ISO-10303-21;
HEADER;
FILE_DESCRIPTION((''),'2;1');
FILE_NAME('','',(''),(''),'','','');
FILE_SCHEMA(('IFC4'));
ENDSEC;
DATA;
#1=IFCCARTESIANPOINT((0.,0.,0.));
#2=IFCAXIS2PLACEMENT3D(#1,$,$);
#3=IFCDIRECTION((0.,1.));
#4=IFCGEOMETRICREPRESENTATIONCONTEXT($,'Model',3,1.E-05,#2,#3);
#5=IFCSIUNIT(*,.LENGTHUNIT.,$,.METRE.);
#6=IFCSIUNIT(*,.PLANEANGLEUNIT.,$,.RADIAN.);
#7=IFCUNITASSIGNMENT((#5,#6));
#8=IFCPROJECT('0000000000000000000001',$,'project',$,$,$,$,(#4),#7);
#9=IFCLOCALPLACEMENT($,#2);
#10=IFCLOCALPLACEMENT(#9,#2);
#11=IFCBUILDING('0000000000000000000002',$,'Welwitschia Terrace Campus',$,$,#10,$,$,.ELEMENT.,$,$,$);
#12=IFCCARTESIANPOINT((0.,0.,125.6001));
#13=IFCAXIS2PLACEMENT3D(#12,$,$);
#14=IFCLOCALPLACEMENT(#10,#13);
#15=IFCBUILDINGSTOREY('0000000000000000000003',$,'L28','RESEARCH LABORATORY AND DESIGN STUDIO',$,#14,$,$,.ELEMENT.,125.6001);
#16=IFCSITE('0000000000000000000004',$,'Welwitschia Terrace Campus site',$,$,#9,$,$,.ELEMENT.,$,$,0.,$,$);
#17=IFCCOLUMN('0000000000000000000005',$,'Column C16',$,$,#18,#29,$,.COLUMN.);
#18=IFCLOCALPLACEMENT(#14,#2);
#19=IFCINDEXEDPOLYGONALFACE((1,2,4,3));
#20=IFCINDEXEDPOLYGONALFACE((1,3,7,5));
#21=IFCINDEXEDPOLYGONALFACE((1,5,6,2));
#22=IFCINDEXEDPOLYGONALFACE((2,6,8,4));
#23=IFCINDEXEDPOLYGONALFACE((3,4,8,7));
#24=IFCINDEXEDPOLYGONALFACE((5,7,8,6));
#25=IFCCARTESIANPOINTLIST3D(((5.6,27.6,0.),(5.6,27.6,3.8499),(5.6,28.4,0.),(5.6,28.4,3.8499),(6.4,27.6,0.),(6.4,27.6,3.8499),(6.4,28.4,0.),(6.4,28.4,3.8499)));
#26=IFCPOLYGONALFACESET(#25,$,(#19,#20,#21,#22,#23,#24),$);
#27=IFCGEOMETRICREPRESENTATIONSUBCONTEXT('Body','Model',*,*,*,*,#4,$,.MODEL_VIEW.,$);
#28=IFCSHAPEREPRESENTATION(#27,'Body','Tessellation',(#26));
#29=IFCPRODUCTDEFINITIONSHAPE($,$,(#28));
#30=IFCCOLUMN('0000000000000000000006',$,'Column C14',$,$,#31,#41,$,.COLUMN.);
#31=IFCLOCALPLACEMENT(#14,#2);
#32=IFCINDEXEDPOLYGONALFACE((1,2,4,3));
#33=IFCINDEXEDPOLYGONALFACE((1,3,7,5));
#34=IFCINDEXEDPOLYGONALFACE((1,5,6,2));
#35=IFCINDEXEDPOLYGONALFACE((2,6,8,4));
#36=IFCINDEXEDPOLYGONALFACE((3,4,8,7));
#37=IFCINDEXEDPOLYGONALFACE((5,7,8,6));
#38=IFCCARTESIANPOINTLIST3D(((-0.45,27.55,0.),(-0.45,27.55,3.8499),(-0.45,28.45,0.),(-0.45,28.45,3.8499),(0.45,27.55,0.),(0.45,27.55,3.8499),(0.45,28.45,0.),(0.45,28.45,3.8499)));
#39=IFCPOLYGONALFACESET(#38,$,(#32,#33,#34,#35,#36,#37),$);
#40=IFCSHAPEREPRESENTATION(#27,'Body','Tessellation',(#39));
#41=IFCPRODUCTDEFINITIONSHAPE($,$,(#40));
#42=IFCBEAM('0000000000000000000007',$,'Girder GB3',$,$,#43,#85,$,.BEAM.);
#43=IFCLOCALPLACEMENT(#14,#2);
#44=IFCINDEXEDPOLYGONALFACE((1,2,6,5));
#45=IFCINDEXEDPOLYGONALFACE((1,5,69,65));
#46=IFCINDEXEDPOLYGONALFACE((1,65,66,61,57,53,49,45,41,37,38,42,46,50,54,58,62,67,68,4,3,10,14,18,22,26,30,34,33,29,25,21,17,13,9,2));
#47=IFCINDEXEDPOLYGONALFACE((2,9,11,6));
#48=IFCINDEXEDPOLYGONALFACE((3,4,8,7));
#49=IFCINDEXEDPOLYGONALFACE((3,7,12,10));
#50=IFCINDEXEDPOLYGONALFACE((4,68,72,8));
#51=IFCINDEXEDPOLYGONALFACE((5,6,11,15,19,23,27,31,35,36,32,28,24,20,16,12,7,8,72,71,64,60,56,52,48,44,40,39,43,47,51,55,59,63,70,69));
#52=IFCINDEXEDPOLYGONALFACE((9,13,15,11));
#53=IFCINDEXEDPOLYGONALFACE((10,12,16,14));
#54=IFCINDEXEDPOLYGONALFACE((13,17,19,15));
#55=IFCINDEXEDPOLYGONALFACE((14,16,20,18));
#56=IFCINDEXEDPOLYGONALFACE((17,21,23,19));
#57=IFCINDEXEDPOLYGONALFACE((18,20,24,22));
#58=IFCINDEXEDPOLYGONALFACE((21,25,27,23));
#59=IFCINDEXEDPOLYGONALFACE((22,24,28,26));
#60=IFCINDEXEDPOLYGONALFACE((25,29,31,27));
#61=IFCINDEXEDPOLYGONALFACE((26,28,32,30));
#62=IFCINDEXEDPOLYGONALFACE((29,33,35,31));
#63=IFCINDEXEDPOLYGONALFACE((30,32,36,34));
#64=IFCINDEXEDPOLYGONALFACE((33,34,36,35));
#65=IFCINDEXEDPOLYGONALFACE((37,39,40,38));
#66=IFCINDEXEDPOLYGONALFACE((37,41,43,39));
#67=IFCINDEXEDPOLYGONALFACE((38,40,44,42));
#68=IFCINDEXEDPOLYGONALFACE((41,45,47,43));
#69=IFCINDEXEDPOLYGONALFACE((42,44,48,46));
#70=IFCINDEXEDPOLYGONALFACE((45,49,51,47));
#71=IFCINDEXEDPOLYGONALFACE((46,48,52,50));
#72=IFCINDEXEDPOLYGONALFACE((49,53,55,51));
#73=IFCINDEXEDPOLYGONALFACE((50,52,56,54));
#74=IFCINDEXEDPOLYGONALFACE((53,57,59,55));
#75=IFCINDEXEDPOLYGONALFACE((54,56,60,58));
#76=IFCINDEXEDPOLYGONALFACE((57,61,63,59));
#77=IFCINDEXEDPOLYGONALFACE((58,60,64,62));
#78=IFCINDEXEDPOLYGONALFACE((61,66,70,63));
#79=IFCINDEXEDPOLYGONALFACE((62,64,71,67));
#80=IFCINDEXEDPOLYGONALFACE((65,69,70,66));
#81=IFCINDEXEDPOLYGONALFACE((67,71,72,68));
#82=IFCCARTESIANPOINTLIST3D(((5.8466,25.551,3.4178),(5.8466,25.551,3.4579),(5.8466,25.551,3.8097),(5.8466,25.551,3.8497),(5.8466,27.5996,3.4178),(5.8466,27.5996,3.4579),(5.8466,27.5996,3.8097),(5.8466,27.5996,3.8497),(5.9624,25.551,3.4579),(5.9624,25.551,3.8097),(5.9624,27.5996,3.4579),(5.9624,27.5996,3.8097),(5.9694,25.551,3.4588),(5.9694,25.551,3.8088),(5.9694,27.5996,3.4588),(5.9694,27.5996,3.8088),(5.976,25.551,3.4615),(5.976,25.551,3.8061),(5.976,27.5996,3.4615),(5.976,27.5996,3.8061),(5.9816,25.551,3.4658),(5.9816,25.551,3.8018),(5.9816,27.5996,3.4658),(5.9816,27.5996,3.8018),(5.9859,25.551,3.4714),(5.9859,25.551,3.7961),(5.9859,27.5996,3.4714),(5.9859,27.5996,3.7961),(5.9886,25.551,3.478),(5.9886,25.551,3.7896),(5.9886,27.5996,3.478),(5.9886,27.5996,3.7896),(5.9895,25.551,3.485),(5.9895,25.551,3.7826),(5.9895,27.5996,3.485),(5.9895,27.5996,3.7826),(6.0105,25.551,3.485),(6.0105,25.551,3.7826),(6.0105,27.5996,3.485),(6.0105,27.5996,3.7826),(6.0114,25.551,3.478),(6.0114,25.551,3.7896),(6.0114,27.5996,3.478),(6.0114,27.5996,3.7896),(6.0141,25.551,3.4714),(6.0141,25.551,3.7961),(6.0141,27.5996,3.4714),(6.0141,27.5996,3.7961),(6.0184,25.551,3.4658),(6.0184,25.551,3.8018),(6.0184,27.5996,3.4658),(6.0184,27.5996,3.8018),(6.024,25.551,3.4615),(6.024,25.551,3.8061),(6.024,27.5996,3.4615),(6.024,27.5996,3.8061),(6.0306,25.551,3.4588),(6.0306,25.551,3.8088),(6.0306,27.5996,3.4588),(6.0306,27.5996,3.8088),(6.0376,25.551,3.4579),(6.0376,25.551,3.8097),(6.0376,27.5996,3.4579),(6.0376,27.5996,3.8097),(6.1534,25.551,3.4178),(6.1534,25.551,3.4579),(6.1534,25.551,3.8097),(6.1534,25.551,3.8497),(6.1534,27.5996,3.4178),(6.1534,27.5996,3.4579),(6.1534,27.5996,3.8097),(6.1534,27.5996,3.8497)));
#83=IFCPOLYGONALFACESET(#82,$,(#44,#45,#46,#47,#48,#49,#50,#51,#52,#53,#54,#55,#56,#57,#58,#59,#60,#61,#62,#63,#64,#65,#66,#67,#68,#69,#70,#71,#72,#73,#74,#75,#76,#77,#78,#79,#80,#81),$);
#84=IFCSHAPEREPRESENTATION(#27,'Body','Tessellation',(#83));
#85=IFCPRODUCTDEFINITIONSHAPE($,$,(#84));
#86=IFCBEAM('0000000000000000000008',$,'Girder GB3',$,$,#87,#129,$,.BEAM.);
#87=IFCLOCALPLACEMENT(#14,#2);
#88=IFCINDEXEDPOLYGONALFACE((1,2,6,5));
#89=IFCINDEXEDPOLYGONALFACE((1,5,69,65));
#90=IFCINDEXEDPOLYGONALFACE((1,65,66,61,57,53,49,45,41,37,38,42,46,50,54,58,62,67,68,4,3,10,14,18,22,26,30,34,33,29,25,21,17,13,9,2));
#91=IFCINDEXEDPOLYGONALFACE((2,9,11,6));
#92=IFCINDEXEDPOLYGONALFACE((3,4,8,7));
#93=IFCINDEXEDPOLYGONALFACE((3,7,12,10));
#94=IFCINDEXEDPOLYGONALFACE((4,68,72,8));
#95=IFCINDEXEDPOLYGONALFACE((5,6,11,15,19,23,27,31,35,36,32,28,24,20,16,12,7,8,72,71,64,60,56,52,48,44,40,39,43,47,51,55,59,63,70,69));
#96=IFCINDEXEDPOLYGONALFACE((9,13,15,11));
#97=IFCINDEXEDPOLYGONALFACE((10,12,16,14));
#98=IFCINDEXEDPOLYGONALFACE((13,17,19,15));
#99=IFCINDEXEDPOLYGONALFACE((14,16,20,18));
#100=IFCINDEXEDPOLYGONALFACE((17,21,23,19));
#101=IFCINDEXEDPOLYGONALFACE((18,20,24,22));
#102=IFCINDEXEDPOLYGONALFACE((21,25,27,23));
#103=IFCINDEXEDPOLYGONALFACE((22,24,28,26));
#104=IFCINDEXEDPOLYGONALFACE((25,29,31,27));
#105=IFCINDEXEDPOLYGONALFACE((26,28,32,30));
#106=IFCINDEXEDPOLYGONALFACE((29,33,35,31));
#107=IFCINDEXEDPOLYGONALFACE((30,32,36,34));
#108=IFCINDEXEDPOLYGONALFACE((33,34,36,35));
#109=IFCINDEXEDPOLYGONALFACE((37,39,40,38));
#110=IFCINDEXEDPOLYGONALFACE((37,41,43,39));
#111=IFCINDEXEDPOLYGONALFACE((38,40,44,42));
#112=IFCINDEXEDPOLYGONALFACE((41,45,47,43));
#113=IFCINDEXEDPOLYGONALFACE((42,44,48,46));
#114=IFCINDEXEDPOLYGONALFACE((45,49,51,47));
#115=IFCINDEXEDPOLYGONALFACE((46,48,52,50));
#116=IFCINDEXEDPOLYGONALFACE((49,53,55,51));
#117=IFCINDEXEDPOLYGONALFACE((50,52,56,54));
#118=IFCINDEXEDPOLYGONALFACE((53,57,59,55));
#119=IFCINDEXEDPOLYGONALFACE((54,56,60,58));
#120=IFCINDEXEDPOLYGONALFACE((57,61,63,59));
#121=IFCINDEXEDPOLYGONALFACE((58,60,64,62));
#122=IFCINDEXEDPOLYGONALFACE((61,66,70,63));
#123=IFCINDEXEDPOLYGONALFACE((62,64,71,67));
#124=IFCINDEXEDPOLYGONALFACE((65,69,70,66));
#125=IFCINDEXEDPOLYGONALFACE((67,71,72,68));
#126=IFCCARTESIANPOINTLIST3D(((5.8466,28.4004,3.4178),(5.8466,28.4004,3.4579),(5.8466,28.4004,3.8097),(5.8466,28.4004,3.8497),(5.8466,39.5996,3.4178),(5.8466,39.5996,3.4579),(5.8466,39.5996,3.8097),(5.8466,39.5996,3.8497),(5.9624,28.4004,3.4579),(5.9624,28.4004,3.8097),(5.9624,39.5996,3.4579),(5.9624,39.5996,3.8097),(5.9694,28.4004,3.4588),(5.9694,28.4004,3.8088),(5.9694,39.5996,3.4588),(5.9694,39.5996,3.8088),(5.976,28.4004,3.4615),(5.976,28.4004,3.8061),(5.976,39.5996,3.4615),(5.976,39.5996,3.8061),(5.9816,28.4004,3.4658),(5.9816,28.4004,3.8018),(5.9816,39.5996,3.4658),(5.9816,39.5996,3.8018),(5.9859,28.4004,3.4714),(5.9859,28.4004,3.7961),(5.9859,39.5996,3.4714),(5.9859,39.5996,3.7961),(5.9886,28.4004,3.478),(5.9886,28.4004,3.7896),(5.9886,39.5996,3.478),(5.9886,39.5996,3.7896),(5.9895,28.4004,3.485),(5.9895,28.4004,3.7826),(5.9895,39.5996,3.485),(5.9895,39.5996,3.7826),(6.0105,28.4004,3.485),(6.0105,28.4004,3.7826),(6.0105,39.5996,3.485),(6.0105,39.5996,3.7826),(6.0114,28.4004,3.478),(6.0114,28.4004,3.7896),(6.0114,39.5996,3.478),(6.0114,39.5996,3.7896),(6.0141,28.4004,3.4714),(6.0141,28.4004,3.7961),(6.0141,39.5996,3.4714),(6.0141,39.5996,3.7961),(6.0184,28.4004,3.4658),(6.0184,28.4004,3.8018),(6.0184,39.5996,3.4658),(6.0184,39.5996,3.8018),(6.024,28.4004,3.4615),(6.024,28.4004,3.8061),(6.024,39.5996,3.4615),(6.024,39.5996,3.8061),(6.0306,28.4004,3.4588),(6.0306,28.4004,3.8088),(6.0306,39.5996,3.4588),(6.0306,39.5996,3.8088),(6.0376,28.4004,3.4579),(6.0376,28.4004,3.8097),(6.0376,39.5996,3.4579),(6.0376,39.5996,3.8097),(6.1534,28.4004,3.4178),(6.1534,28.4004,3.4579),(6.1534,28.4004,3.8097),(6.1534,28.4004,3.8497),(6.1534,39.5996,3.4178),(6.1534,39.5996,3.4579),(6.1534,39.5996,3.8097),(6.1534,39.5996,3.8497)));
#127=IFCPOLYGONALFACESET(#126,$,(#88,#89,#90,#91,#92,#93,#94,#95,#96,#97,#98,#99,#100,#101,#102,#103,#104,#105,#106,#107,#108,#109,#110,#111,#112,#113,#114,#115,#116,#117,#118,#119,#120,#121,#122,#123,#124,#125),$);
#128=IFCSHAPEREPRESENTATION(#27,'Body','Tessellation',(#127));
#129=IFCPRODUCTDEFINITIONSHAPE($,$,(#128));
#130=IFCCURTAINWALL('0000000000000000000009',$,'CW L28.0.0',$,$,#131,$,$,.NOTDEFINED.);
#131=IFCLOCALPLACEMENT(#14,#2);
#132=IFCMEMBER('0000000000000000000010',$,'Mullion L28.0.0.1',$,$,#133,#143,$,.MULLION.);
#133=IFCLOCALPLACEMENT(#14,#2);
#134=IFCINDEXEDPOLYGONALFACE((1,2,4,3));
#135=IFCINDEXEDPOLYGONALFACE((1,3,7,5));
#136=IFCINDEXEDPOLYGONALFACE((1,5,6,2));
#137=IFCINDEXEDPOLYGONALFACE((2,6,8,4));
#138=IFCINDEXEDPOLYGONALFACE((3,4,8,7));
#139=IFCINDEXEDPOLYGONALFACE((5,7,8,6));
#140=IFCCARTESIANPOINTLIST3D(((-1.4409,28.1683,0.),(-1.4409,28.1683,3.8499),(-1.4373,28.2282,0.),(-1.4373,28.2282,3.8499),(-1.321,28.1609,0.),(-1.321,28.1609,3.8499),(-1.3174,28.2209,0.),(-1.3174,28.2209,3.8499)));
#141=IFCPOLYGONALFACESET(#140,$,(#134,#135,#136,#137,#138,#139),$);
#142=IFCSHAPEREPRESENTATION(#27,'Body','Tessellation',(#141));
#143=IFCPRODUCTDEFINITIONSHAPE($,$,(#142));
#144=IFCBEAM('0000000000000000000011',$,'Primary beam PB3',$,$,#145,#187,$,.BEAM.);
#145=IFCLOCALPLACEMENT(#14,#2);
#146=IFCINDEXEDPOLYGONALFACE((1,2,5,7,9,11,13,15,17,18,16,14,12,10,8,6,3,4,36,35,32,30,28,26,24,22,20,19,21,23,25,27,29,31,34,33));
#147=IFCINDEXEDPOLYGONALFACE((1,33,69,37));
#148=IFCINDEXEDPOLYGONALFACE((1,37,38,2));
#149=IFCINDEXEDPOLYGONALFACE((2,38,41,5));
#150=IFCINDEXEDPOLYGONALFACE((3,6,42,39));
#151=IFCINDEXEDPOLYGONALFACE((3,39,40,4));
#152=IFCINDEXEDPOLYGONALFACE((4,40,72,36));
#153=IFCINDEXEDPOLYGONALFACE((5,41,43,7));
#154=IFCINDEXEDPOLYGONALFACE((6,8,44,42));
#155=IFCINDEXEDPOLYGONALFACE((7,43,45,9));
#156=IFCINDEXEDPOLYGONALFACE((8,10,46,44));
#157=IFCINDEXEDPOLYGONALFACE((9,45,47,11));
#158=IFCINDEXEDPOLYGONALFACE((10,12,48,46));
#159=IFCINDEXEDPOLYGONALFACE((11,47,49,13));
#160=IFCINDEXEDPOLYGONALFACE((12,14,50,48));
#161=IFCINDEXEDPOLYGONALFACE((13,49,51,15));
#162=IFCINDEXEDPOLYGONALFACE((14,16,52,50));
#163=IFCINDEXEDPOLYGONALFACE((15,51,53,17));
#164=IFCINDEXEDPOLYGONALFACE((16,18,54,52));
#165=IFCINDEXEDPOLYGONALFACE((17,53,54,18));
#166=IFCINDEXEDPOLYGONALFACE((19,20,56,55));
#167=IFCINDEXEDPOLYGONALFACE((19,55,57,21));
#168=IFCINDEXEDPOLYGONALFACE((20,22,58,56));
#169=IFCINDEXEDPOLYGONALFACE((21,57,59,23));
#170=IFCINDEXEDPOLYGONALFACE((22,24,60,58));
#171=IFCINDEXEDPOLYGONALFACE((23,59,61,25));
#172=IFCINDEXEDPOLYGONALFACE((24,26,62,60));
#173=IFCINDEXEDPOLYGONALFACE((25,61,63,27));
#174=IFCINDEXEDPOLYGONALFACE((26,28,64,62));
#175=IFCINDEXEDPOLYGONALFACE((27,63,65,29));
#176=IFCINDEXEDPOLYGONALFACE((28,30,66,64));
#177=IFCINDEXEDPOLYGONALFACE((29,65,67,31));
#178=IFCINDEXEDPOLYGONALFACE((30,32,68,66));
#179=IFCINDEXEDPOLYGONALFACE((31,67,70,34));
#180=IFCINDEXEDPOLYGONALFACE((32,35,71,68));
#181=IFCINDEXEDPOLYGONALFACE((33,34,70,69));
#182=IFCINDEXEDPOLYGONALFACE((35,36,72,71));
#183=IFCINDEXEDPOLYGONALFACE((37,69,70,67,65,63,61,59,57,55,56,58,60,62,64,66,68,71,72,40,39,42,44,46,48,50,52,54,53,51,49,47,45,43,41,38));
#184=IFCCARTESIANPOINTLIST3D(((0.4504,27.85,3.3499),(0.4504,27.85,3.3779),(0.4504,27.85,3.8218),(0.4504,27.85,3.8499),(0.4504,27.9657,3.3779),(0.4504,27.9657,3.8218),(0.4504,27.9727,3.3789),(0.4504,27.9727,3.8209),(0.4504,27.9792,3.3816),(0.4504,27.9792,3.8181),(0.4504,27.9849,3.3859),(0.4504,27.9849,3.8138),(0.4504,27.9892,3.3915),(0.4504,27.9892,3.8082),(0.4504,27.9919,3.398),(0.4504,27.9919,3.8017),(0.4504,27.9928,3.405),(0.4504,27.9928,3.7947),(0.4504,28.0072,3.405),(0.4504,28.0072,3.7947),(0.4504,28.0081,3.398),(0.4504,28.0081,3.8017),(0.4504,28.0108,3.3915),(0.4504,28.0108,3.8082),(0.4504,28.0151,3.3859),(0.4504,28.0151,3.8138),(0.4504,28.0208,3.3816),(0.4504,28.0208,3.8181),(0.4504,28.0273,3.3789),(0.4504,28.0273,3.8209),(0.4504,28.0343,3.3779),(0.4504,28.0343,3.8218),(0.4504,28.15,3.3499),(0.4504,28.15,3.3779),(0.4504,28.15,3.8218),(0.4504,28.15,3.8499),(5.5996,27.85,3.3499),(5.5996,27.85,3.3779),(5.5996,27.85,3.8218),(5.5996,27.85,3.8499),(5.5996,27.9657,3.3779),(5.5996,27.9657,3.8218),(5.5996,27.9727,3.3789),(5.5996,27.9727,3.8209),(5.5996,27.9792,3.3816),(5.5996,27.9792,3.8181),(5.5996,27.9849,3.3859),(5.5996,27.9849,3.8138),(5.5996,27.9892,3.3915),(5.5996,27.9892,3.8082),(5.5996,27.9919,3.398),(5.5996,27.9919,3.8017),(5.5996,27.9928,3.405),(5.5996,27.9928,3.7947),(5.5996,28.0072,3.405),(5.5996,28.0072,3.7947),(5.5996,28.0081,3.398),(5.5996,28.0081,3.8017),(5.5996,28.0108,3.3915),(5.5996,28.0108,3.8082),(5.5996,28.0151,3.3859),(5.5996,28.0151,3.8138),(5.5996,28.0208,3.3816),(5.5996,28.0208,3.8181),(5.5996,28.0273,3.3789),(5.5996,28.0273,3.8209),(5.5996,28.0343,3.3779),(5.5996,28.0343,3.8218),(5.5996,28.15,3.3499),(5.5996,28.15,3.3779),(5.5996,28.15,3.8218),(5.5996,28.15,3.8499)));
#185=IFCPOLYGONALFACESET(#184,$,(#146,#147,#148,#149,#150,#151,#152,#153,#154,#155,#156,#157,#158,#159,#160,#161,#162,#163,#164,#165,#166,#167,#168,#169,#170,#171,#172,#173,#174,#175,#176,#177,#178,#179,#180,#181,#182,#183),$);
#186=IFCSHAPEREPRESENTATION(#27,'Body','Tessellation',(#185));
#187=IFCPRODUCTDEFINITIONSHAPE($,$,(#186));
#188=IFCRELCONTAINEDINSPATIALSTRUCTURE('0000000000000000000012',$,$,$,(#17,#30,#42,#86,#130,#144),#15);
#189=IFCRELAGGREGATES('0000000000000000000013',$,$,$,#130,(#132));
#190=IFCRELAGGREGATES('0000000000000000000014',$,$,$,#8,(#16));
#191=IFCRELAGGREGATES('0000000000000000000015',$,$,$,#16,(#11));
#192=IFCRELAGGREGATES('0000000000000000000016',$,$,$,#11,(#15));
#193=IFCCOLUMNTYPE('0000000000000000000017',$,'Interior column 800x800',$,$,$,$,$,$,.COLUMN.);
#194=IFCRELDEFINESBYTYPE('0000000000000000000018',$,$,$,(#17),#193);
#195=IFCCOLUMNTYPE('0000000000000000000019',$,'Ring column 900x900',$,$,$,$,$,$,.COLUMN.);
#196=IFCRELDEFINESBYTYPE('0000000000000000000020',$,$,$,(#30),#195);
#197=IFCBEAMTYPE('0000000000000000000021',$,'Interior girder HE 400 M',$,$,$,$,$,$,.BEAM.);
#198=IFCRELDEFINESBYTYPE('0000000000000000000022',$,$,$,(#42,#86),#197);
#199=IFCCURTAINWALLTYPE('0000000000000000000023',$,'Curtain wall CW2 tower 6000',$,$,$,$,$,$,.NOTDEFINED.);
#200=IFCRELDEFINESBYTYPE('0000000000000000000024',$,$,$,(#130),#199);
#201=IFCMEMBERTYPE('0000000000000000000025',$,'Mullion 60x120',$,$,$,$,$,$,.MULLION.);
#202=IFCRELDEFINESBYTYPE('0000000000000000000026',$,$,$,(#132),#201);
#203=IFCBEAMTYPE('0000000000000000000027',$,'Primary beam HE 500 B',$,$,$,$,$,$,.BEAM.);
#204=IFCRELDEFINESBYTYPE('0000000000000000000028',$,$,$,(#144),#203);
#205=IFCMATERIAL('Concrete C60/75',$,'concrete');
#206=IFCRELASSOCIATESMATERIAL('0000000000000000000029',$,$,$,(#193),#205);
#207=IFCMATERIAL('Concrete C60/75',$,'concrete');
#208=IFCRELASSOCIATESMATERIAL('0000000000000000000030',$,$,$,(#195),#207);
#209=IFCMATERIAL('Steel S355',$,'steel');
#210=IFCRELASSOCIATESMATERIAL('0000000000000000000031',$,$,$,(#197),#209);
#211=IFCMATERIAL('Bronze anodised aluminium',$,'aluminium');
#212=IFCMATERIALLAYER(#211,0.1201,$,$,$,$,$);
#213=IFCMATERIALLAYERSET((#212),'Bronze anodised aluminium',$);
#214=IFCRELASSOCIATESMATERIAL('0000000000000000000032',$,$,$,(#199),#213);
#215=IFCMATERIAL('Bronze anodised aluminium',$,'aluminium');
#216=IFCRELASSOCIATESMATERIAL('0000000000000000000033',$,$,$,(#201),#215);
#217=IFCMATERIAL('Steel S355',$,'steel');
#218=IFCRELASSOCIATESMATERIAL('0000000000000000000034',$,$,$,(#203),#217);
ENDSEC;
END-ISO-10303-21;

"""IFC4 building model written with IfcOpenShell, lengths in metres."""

from ifc_helpers import new_model, si_unit, direction, frame, origin, origin_2d, place, context, subcontext, project, spatial, rectangle, i_section, extrude, material, layer, layer_set, material_profile, profile_set, type_object, element, aggregate, save


model = new_model("IFC4")

# Units and contexts
model_context = context("Model", 3, precision=1e-05, world=origin(), true_north=direction((0.0, 1.0)))
body_context = subcontext(model_context, "Body", "Model", "MODEL_VIEW")
ifc_project = project(units=[si_unit("LENGTHUNIT", "METRE"), si_unit("PLANEANGLEUNIT", "RADIAN")], contexts=[model_context])

# Site, building, storey
site_placement = place(None, origin())
site = spatial("IfcSite", under=ifc_project, at=site_placement, Name="Welwitschia Terrace Campus site", CompositionType="ELEMENT", RefElevation=0.0)
building_placement = place(site_placement, origin())
building = spatial("IfcBuilding", under=site, at=building_placement, Name="Welwitschia Terrace Campus", CompositionType="ELEMENT")
storey_placement = place(building_placement, frame((0.0, 0.0, 125.6001)))
storey = spatial("IfcBuildingStorey", under=building, at=storey_placement, Name="L28", Description="RESEARCH LABORATORY AND DESIGN STUDIO", CompositionType="ELEMENT", Elevation=125.6001)

# Columns
ifc_material_1 = material(Name="Concrete C60/75", Category="concrete")
ifc_material_profile_1 = material_profile(ifc_material_1, rectangle(XDim=0.8, YDim=0.8, at=origin_2d()))
ifc_profile_set_1 = profile_set([ifc_material_profile_1], Name="Concrete C60/75")
column_type_1 = type_object("IfcColumnType", Name="Interior column 800x800", PredefinedType="COLUMN", material=ifc_profile_set_1)
column_1_placement = place(storey_placement, frame((6.0, 28.0, 0.0), z_axis=(0.0, 0.0, 1.0), x_axis=(1.0, 0.0, 0.0)))
element("IfcColumn", 1, at=column_1_placement, inside=storey, type_object=column_type_1, Name="Column C16", PredefinedType="COLUMN", context=body_context, shape_type="SweptSolid", body=[
    extrude(rectangle(XDim=0.8, YDim=0.8, at=origin_2d()), origin(), (0.0, 0.0, 1.0), 3.8499),
])
ifc_material_2 = material(Name="Concrete C60/75", Category="concrete")
ifc_material_profile_2 = material_profile(ifc_material_2, rectangle(XDim=0.8999, YDim=0.8999, at=origin_2d()))
ifc_profile_set_2 = profile_set([ifc_material_profile_2], Name="Concrete C60/75")
column_type_2 = type_object("IfcColumnType", Name="Ring column 900x900", PredefinedType="COLUMN", material=ifc_profile_set_2)
column_2_placement = place(storey_placement, frame((0.0, 28.0, 0.0), z_axis=(0.0, 0.0, 1.0), x_axis=(1.0, 0.0, 0.0)))
element("IfcColumn", 2, at=column_2_placement, inside=storey, type_object=column_type_2, Name="Column C14", PredefinedType="COLUMN", context=body_context, shape_type="SweptSolid", body=[
    extrude(rectangle(XDim=0.8999, YDim=0.8999, at=origin_2d()), origin(), (0.0, 0.0, 1.0), 3.8499),
])

# Beams
ifc_material_3 = material(Name="Steel S355", Category="steel")
ifc_material_profile_3 = material_profile(ifc_material_3, i_section(OverallWidth=0.3069, OverallDepth=0.4319, WebThickness=0.021, FlangeThickness=0.04, FilletRadius=0.0271, at=origin_2d()))
ifc_profile_set_3 = profile_set([ifc_material_profile_3], Name="Steel S355")
beam_type_1 = type_object("IfcBeamType", Name="Interior girder HE 400 M", PredefinedType="BEAM", material=ifc_profile_set_3)
beam_1_placement = place(storey_placement, frame((6.0, 25.551, 3.6338), z_axis=(0.0, 1.0, 0.0), x_axis=(-1.0, 0.0, 0.0)))
element("IfcBeam", 3, at=beam_1_placement, inside=storey, type_object=beam_type_1, Name="Girder GB3", PredefinedType="BEAM", context=body_context, shape_type="SweptSolid", body=[
    extrude(i_section(OverallWidth=0.3069, OverallDepth=0.4319, WebThickness=0.021, FlangeThickness=0.04, FilletRadius=0.0271, at=origin_2d()), origin(), (0.0, 0.0, 1.0), 2.0486),
])
beam_2_placement = place(storey_placement, frame((6.0, 28.4004, 3.6338), z_axis=(0.0, 1.0, 0.0), x_axis=(-1.0, 0.0, 0.0)))
element("IfcBeam", 4, at=beam_2_placement, inside=storey, type_object=beam_type_1, Name="Girder GB3", PredefinedType="BEAM", context=body_context, shape_type="SweptSolid", body=[
    extrude(i_section(OverallWidth=0.3069, OverallDepth=0.4319, WebThickness=0.021, FlangeThickness=0.04, FilletRadius=0.0271, at=origin_2d()), origin(), (0.0, 0.0, 1.0), 11.1992),
])

# Curtain wall, member
ifc_material_4 = material(Name="Bronze anodised aluminium", Category="aluminium")
ifc_layer_1 = layer(ifc_material_4, 0.1201)
ifc_layer_set_1 = layer_set([ifc_layer_1], Name="Bronze anodised aluminium")
curtain_wall_type = type_object("IfcCurtainWallType", Name="Curtain wall CW2 tower 6000", PredefinedType="NOTDEFINED", material=ifc_layer_set_1)
curtain_wall_placement = place(storey_placement, origin())
curtain_wall = element("IfcCurtainWall", 5, at=curtain_wall_placement, inside=storey, type_object=curtain_wall_type, Name="CW L28.0.0", PredefinedType="NOTDEFINED")
ifc_material_5 = material(Name="Bronze anodised aluminium", Category="aluminium")
ifc_material_profile_4 = material_profile(ifc_material_5, rectangle(XDim=0.1201, YDim=0.0601, at=origin_2d()))
ifc_profile_set_4 = profile_set([ifc_material_profile_4], Name="Bronze anodised aluminium")
member_type = type_object("IfcMemberType", Name="Mullion 60x120", PredefinedType="MULLION", material=ifc_profile_set_4)
member_placement = place(storey_placement, frame((-1.3792, 28.1946, 0.0), z_axis=(0.0, 0.0, 1.0), x_axis=(0.998135, -0.061049, 0.0)))
member = element("IfcMember", 6, at=member_placement, type_object=member_type, Name="Mullion L28.0.0.1", PredefinedType="MULLION", context=body_context, shape_type="SweptSolid", body=[
    extrude(rectangle(XDim=0.1201, YDim=0.0601, at=origin_2d()), origin(), (0.0, 0.0, 1.0), 3.8499),
])

# Beam
ifc_material_6 = material(Name="Steel S355", Category="steel")
ifc_material_profile_5 = material_profile(ifc_material_6, i_section(OverallWidth=0.3, OverallDepth=0.5, WebThickness=0.0144, FlangeThickness=0.0281, FilletRadius=0.0271, at=origin_2d()))
ifc_profile_set_5 = profile_set([ifc_material_profile_5], Name="Steel S355")
beam_type_2 = type_object("IfcBeamType", Name="Primary beam HE 500 B", PredefinedType="BEAM", material=ifc_profile_set_5)
beam_3_placement = place(storey_placement, frame((0.4504, 28.0, 3.5999), z_axis=(1.0, 0.0, 0.0), x_axis=(0.0, 1.0, 0.0)))
element("IfcBeam", 7, at=beam_3_placement, inside=storey, type_object=beam_type_2, Name="Primary beam PB3", PredefinedType="BEAM", context=body_context, shape_type="SweptSolid", body=[
    extrude(i_section(OverallWidth=0.3, OverallDepth=0.5, WebThickness=0.0144, FlangeThickness=0.0281, FilletRadius=0.0271, at=origin_2d()), origin(), (0.0, 0.0, 1.0), 5.1492),
])

aggregate(curtain_wall, [member])

save(model, "model.ifc")
